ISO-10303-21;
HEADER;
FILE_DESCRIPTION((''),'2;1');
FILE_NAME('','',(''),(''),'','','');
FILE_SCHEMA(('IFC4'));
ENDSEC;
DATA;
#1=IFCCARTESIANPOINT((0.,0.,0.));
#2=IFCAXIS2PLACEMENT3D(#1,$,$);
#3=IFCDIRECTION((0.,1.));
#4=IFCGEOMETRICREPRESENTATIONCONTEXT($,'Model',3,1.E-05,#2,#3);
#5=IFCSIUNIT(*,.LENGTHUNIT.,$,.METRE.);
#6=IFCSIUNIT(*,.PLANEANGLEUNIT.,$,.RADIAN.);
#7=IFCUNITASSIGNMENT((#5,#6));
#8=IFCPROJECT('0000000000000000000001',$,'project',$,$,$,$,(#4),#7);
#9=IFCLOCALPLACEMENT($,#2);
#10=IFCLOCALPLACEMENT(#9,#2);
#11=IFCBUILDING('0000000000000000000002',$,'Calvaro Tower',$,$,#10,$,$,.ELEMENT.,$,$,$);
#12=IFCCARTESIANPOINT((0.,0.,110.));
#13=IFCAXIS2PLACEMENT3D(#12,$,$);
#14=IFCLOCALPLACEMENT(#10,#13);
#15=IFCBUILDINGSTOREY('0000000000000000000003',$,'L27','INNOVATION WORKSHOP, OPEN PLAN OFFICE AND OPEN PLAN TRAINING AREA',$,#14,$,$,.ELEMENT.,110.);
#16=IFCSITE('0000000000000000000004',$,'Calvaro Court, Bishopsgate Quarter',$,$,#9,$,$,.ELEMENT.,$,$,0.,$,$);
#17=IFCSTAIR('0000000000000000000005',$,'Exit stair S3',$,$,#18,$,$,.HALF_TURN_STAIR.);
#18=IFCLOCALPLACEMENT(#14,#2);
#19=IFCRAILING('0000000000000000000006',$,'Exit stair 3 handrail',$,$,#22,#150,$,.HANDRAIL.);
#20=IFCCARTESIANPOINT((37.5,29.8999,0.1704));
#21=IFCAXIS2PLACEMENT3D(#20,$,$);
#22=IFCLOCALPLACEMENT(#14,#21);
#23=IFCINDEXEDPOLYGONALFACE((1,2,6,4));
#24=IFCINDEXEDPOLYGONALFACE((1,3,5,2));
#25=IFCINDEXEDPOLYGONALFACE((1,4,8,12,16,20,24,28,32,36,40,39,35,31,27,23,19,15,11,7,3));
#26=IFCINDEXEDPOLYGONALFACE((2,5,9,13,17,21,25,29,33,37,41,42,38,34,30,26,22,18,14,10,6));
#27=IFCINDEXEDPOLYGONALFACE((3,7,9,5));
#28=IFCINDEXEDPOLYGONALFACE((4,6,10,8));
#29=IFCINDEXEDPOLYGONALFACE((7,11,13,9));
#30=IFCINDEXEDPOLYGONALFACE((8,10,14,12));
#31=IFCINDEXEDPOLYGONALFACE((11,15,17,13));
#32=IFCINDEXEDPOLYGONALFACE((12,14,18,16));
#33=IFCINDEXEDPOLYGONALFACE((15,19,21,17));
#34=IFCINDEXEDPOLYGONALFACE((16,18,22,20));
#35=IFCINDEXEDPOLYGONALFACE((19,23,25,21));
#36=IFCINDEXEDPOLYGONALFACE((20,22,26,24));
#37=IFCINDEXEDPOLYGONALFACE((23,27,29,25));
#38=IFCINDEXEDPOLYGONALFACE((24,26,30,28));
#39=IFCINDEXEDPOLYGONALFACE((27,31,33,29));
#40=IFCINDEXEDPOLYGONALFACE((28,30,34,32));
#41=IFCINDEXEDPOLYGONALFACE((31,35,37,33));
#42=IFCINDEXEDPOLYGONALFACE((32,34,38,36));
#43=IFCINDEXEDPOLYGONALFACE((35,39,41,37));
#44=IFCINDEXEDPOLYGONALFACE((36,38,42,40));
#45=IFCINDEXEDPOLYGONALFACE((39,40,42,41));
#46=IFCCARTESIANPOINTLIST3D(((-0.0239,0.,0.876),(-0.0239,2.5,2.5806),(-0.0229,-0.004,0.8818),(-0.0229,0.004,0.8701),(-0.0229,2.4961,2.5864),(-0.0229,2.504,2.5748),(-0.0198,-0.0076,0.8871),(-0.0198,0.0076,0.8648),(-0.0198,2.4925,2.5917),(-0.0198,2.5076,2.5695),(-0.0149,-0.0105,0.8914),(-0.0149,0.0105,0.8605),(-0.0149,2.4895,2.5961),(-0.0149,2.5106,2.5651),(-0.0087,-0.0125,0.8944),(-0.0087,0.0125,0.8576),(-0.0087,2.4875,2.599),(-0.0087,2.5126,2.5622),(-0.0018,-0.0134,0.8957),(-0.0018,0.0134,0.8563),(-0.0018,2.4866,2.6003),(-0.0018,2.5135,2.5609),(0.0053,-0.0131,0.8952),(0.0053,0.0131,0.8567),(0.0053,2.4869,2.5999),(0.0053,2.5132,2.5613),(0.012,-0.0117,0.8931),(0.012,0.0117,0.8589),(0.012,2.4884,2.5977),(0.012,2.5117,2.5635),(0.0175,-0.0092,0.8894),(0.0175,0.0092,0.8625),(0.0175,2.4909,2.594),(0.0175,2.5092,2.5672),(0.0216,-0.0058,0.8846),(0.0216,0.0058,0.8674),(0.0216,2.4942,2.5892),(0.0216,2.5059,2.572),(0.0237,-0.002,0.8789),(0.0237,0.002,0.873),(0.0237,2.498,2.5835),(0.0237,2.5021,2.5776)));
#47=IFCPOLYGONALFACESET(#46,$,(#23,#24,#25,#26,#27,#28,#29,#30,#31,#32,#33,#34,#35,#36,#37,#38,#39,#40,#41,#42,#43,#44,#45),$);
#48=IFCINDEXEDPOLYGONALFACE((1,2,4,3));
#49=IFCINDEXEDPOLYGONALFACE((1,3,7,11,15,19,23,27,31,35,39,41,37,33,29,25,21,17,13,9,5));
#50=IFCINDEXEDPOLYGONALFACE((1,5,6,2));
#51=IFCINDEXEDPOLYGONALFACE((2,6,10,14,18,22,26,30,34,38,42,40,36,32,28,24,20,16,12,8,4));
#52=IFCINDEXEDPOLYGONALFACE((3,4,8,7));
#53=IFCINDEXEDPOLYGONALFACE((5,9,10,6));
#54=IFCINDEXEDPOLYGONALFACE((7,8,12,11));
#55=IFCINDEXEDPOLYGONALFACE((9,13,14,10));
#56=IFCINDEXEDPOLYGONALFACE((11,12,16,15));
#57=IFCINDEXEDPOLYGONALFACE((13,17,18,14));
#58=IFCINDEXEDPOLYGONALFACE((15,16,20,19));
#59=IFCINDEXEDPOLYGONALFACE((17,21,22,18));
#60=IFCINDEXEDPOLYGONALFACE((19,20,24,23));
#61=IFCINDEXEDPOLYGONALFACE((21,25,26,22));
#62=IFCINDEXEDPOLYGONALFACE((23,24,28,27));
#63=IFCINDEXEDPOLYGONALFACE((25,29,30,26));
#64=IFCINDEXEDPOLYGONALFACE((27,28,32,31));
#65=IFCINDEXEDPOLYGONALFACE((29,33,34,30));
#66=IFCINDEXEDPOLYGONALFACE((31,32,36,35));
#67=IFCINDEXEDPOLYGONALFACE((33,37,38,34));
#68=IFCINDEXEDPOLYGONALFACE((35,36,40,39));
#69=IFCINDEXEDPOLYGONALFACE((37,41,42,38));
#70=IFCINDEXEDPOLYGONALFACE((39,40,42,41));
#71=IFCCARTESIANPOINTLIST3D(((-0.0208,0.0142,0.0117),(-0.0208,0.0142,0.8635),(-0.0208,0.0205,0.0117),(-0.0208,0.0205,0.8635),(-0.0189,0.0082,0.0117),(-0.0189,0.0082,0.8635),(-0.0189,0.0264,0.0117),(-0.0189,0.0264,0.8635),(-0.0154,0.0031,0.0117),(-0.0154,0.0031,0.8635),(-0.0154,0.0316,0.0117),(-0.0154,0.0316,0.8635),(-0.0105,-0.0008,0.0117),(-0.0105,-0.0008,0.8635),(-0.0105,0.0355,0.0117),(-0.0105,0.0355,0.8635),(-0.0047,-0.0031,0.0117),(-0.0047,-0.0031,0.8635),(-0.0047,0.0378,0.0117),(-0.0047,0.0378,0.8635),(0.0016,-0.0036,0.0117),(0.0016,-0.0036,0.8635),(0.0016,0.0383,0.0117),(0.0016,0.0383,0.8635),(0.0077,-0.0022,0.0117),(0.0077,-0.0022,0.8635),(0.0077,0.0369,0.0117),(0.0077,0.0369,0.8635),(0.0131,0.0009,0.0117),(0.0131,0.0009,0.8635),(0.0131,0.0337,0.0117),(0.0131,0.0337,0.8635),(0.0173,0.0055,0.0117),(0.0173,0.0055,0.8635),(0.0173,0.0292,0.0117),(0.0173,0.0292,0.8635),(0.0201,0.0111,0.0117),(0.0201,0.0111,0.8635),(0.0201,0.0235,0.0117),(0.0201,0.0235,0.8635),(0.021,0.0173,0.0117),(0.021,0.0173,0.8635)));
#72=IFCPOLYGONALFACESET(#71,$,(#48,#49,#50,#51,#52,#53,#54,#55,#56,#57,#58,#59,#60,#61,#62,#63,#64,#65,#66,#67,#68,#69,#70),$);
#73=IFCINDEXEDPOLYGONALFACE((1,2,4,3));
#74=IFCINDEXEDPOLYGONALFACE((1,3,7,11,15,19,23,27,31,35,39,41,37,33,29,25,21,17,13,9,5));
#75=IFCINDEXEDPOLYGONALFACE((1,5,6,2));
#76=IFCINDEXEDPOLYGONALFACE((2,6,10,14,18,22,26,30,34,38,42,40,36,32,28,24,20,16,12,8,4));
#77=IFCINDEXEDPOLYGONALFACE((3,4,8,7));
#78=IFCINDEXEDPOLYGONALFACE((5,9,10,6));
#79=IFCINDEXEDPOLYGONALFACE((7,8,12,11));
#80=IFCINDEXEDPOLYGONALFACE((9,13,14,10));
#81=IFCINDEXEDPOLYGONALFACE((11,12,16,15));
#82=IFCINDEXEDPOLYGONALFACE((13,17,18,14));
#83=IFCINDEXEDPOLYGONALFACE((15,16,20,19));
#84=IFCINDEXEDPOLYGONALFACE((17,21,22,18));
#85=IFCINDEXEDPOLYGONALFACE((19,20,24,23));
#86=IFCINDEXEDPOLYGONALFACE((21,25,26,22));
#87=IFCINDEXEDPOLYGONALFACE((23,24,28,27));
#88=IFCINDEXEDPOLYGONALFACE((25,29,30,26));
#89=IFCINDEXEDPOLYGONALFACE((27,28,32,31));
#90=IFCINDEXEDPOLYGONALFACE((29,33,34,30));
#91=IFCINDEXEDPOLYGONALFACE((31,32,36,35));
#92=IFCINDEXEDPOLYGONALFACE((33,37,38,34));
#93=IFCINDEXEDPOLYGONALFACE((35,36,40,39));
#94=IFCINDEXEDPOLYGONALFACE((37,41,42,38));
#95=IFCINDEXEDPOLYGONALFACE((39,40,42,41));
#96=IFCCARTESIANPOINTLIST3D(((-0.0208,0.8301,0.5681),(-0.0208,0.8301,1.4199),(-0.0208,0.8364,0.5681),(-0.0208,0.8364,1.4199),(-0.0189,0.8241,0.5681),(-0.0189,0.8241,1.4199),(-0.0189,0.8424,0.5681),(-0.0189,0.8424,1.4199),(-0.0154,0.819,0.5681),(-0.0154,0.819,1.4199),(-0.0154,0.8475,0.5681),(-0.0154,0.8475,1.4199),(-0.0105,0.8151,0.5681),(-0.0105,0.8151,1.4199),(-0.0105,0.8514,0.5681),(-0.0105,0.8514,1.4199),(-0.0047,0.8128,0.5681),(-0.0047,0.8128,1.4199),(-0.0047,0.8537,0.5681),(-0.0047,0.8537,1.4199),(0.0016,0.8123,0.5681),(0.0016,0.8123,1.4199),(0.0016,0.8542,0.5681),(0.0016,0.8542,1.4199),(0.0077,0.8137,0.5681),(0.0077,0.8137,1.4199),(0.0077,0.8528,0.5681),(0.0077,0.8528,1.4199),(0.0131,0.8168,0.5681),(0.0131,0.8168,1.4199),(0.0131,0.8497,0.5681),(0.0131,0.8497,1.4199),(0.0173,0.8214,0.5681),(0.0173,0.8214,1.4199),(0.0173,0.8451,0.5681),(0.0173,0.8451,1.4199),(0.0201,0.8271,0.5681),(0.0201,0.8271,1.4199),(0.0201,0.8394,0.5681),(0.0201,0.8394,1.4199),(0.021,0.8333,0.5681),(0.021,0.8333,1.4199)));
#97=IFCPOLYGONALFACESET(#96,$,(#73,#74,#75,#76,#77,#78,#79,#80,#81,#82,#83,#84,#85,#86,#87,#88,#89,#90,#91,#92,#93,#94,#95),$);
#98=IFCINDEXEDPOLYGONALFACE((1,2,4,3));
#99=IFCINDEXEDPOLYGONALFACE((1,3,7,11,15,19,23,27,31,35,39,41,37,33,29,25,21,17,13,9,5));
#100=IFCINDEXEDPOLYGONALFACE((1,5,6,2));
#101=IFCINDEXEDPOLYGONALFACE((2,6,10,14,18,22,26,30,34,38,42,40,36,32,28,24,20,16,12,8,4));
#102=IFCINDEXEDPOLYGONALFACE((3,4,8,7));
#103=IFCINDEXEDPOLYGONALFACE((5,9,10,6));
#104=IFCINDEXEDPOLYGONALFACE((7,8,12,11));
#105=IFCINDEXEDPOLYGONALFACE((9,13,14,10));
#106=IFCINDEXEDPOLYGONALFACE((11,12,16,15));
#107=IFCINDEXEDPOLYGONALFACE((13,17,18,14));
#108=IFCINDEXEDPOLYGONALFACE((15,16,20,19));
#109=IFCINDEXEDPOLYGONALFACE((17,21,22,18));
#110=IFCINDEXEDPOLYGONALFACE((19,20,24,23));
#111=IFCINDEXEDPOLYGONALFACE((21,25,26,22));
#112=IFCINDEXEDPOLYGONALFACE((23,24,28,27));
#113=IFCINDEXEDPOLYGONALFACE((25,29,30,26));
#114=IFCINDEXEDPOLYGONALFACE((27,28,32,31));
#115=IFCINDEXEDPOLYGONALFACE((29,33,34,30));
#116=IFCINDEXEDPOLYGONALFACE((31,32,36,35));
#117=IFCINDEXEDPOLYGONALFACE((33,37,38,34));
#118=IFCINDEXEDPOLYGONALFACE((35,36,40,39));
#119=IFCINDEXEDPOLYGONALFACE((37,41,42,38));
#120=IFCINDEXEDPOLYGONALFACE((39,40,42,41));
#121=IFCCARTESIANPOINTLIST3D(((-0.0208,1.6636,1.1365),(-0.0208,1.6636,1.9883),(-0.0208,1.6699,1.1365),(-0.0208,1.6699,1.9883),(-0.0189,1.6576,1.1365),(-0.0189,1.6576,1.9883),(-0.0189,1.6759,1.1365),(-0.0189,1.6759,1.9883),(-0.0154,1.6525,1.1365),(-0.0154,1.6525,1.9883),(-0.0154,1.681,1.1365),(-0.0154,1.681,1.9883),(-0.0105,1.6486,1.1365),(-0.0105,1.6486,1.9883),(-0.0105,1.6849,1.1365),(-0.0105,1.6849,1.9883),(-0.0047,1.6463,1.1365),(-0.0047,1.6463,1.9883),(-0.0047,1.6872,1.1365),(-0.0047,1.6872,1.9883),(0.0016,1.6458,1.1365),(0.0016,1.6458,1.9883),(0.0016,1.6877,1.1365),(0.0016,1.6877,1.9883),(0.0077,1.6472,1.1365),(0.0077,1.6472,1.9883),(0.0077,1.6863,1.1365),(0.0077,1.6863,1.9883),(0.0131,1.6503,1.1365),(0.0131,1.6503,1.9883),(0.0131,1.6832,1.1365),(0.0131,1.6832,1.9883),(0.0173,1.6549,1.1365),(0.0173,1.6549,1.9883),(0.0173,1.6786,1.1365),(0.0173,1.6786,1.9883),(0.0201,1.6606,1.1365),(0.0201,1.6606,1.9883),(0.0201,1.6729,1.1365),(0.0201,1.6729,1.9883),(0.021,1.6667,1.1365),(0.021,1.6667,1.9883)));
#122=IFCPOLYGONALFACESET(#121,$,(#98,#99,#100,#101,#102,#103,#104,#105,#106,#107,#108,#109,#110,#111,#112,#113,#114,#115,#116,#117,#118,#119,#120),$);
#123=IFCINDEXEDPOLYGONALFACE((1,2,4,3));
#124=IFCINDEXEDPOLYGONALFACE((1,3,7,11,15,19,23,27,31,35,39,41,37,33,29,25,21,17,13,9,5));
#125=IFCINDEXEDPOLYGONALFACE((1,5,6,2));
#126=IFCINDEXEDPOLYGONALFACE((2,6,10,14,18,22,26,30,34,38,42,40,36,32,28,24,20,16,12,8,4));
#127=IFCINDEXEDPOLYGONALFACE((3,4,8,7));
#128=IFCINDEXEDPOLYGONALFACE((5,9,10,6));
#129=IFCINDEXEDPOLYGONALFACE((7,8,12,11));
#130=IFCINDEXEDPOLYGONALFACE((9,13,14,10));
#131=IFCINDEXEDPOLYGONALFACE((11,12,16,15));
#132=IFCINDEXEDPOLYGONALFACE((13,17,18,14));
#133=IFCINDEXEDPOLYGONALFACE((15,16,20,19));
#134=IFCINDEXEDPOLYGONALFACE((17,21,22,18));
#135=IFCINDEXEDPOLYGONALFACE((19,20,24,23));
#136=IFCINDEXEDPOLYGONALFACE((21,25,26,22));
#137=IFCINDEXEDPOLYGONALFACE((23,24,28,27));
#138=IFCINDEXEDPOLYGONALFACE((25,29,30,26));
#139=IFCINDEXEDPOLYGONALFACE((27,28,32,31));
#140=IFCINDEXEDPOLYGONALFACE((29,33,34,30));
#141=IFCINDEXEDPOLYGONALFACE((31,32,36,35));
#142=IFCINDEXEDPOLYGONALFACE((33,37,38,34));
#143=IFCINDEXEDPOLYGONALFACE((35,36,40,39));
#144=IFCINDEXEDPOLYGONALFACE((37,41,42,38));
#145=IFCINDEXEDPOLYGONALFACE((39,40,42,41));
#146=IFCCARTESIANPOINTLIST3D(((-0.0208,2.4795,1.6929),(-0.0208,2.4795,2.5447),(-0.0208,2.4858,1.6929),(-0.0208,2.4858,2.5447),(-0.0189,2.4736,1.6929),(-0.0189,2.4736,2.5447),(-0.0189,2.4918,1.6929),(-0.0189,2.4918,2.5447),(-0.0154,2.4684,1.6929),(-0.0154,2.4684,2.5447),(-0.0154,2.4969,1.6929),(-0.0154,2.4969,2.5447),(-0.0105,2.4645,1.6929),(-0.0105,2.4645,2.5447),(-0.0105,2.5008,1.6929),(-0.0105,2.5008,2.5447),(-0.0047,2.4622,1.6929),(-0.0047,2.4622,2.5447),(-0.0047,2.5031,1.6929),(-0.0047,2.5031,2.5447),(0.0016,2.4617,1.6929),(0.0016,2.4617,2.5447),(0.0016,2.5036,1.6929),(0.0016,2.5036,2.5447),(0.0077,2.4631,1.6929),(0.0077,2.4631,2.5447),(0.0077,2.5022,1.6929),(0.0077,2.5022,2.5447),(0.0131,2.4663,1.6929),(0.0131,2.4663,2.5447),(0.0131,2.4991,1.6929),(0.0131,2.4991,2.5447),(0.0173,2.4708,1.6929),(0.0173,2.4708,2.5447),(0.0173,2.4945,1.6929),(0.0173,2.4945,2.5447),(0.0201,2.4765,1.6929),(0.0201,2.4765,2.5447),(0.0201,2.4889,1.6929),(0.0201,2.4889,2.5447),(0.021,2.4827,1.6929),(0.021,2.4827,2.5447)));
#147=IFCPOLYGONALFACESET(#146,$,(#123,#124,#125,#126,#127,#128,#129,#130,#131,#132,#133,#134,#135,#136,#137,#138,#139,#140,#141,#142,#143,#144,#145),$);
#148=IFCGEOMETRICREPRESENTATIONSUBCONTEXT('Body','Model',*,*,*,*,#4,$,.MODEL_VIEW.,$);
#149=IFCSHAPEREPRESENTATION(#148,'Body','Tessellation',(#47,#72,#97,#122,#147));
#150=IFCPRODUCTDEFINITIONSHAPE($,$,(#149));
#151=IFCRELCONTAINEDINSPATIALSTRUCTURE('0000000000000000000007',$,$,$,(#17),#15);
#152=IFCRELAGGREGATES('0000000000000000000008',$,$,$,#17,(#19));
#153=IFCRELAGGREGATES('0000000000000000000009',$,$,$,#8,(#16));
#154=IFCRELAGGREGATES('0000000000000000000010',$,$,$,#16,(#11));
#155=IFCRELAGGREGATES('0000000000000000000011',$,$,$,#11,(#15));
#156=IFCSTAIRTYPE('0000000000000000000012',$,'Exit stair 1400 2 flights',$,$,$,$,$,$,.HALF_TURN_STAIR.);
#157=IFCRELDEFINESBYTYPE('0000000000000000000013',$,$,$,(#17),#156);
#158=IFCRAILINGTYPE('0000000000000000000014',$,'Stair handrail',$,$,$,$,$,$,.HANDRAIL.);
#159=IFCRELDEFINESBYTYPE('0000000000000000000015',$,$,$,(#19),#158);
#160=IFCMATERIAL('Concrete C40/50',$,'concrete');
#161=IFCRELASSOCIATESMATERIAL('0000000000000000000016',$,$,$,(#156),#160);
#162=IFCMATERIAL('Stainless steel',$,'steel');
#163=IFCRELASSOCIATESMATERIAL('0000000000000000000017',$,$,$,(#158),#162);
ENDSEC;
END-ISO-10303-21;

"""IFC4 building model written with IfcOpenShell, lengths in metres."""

from ifc_helpers import new_model, si_unit, direction, frame, origin, origin_2d, place, context, subcontext, project, spatial, circle, extrude, material, type_object, element, aggregate, save


model = new_model("IFC4")

# Units and contexts
model_context = context("Model", 3, precision=1e-05, world=origin(), true_north=direction((0.0, 1.0)))
body_context = subcontext(model_context, "Body", "Model", "MODEL_VIEW")
ifc_project = project(units=[si_unit("LENGTHUNIT", "METRE"), si_unit("PLANEANGLEUNIT", "RADIAN")], contexts=[model_context])

# Site, building, storey
site_placement = place(None, origin())
site = spatial("IfcSite", under=ifc_project, at=site_placement, Name="Calvaro Court, Bishopsgate Quarter", CompositionType="ELEMENT", RefElevation=0.0)
building_placement = place(site_placement, origin())
building = spatial("IfcBuilding", under=site, at=building_placement, Name="Calvaro Tower", CompositionType="ELEMENT")
storey_placement = place(building_placement, frame((0.0, 0.0, 110.0)))
storey = spatial("IfcBuildingStorey", under=building, at=storey_placement, Name="L27", Description="INNOVATION WORKSHOP, OPEN PLAN OFFICE AND OPEN PLAN TRAINING AREA", CompositionType="ELEMENT", Elevation=110.0)

# Stair
ifc_material_1 = material(Name="Concrete C40/50", Category="concrete")
stair_type = type_object("IfcStairType", Name="Exit stair 1400 2 flights", PredefinedType="HALF_TURN_STAIR", material=ifc_material_1)
stair_1_placement = place(storey_placement, origin())
stair_1 = element("IfcStair", 1, at=stair_1_placement, inside=storey, type_object=stair_type, Name="Exit stair S3", PredefinedType="HALF_TURN_STAIR")

# Railing
ifc_material_2 = material(Name="Stainless steel", Category="steel")
railing_type = type_object("IfcRailingType", Name="Stair handrail", PredefinedType="HANDRAIL", material=ifc_material_2)
railing_1_placement = place(storey_placement, frame((37.5, 29.8999, 0.1704)))
railing_1 = element("IfcRailing", 2, at=railing_1_placement, type_object=railing_type, Name="Exit stair 3 handrail", PredefinedType="HANDRAIL", context=body_context, shape_type="SweptSolid", body=[
    extrude(circle(Radius=0.0239, at=origin_2d()), frame((0.0, 0.0, 0.876), z_axis=(0.0, 0.826221, 0.563347), x_axis=(-1.0, 0.0, 0.0)), (0.0, 0.0, 1.0), 3.0259),
    extrude(circle(Radius=0.021, at=origin_2d()), frame((0.0, 0.0173, 0.0117)), (0.0, 0.0, 1.0), 0.8518),
    extrude(circle(Radius=0.021, at=origin_2d()), frame((0.0, 0.8333, 0.5681)), (0.0, 0.0, 1.0), 0.8518),
    extrude(circle(Radius=0.021, at=origin_2d()), frame((0.0, 1.6667, 1.1365)), (0.0, 0.0, 1.0), 0.8518),
    extrude(circle(Radius=0.021, at=origin_2d()), frame((0.0, 2.4827, 1.6929)), (0.0, 0.0, 1.0), 0.8518),
])
aggregate(stair_1, [railing_1])

save(model, "model.ifc")
